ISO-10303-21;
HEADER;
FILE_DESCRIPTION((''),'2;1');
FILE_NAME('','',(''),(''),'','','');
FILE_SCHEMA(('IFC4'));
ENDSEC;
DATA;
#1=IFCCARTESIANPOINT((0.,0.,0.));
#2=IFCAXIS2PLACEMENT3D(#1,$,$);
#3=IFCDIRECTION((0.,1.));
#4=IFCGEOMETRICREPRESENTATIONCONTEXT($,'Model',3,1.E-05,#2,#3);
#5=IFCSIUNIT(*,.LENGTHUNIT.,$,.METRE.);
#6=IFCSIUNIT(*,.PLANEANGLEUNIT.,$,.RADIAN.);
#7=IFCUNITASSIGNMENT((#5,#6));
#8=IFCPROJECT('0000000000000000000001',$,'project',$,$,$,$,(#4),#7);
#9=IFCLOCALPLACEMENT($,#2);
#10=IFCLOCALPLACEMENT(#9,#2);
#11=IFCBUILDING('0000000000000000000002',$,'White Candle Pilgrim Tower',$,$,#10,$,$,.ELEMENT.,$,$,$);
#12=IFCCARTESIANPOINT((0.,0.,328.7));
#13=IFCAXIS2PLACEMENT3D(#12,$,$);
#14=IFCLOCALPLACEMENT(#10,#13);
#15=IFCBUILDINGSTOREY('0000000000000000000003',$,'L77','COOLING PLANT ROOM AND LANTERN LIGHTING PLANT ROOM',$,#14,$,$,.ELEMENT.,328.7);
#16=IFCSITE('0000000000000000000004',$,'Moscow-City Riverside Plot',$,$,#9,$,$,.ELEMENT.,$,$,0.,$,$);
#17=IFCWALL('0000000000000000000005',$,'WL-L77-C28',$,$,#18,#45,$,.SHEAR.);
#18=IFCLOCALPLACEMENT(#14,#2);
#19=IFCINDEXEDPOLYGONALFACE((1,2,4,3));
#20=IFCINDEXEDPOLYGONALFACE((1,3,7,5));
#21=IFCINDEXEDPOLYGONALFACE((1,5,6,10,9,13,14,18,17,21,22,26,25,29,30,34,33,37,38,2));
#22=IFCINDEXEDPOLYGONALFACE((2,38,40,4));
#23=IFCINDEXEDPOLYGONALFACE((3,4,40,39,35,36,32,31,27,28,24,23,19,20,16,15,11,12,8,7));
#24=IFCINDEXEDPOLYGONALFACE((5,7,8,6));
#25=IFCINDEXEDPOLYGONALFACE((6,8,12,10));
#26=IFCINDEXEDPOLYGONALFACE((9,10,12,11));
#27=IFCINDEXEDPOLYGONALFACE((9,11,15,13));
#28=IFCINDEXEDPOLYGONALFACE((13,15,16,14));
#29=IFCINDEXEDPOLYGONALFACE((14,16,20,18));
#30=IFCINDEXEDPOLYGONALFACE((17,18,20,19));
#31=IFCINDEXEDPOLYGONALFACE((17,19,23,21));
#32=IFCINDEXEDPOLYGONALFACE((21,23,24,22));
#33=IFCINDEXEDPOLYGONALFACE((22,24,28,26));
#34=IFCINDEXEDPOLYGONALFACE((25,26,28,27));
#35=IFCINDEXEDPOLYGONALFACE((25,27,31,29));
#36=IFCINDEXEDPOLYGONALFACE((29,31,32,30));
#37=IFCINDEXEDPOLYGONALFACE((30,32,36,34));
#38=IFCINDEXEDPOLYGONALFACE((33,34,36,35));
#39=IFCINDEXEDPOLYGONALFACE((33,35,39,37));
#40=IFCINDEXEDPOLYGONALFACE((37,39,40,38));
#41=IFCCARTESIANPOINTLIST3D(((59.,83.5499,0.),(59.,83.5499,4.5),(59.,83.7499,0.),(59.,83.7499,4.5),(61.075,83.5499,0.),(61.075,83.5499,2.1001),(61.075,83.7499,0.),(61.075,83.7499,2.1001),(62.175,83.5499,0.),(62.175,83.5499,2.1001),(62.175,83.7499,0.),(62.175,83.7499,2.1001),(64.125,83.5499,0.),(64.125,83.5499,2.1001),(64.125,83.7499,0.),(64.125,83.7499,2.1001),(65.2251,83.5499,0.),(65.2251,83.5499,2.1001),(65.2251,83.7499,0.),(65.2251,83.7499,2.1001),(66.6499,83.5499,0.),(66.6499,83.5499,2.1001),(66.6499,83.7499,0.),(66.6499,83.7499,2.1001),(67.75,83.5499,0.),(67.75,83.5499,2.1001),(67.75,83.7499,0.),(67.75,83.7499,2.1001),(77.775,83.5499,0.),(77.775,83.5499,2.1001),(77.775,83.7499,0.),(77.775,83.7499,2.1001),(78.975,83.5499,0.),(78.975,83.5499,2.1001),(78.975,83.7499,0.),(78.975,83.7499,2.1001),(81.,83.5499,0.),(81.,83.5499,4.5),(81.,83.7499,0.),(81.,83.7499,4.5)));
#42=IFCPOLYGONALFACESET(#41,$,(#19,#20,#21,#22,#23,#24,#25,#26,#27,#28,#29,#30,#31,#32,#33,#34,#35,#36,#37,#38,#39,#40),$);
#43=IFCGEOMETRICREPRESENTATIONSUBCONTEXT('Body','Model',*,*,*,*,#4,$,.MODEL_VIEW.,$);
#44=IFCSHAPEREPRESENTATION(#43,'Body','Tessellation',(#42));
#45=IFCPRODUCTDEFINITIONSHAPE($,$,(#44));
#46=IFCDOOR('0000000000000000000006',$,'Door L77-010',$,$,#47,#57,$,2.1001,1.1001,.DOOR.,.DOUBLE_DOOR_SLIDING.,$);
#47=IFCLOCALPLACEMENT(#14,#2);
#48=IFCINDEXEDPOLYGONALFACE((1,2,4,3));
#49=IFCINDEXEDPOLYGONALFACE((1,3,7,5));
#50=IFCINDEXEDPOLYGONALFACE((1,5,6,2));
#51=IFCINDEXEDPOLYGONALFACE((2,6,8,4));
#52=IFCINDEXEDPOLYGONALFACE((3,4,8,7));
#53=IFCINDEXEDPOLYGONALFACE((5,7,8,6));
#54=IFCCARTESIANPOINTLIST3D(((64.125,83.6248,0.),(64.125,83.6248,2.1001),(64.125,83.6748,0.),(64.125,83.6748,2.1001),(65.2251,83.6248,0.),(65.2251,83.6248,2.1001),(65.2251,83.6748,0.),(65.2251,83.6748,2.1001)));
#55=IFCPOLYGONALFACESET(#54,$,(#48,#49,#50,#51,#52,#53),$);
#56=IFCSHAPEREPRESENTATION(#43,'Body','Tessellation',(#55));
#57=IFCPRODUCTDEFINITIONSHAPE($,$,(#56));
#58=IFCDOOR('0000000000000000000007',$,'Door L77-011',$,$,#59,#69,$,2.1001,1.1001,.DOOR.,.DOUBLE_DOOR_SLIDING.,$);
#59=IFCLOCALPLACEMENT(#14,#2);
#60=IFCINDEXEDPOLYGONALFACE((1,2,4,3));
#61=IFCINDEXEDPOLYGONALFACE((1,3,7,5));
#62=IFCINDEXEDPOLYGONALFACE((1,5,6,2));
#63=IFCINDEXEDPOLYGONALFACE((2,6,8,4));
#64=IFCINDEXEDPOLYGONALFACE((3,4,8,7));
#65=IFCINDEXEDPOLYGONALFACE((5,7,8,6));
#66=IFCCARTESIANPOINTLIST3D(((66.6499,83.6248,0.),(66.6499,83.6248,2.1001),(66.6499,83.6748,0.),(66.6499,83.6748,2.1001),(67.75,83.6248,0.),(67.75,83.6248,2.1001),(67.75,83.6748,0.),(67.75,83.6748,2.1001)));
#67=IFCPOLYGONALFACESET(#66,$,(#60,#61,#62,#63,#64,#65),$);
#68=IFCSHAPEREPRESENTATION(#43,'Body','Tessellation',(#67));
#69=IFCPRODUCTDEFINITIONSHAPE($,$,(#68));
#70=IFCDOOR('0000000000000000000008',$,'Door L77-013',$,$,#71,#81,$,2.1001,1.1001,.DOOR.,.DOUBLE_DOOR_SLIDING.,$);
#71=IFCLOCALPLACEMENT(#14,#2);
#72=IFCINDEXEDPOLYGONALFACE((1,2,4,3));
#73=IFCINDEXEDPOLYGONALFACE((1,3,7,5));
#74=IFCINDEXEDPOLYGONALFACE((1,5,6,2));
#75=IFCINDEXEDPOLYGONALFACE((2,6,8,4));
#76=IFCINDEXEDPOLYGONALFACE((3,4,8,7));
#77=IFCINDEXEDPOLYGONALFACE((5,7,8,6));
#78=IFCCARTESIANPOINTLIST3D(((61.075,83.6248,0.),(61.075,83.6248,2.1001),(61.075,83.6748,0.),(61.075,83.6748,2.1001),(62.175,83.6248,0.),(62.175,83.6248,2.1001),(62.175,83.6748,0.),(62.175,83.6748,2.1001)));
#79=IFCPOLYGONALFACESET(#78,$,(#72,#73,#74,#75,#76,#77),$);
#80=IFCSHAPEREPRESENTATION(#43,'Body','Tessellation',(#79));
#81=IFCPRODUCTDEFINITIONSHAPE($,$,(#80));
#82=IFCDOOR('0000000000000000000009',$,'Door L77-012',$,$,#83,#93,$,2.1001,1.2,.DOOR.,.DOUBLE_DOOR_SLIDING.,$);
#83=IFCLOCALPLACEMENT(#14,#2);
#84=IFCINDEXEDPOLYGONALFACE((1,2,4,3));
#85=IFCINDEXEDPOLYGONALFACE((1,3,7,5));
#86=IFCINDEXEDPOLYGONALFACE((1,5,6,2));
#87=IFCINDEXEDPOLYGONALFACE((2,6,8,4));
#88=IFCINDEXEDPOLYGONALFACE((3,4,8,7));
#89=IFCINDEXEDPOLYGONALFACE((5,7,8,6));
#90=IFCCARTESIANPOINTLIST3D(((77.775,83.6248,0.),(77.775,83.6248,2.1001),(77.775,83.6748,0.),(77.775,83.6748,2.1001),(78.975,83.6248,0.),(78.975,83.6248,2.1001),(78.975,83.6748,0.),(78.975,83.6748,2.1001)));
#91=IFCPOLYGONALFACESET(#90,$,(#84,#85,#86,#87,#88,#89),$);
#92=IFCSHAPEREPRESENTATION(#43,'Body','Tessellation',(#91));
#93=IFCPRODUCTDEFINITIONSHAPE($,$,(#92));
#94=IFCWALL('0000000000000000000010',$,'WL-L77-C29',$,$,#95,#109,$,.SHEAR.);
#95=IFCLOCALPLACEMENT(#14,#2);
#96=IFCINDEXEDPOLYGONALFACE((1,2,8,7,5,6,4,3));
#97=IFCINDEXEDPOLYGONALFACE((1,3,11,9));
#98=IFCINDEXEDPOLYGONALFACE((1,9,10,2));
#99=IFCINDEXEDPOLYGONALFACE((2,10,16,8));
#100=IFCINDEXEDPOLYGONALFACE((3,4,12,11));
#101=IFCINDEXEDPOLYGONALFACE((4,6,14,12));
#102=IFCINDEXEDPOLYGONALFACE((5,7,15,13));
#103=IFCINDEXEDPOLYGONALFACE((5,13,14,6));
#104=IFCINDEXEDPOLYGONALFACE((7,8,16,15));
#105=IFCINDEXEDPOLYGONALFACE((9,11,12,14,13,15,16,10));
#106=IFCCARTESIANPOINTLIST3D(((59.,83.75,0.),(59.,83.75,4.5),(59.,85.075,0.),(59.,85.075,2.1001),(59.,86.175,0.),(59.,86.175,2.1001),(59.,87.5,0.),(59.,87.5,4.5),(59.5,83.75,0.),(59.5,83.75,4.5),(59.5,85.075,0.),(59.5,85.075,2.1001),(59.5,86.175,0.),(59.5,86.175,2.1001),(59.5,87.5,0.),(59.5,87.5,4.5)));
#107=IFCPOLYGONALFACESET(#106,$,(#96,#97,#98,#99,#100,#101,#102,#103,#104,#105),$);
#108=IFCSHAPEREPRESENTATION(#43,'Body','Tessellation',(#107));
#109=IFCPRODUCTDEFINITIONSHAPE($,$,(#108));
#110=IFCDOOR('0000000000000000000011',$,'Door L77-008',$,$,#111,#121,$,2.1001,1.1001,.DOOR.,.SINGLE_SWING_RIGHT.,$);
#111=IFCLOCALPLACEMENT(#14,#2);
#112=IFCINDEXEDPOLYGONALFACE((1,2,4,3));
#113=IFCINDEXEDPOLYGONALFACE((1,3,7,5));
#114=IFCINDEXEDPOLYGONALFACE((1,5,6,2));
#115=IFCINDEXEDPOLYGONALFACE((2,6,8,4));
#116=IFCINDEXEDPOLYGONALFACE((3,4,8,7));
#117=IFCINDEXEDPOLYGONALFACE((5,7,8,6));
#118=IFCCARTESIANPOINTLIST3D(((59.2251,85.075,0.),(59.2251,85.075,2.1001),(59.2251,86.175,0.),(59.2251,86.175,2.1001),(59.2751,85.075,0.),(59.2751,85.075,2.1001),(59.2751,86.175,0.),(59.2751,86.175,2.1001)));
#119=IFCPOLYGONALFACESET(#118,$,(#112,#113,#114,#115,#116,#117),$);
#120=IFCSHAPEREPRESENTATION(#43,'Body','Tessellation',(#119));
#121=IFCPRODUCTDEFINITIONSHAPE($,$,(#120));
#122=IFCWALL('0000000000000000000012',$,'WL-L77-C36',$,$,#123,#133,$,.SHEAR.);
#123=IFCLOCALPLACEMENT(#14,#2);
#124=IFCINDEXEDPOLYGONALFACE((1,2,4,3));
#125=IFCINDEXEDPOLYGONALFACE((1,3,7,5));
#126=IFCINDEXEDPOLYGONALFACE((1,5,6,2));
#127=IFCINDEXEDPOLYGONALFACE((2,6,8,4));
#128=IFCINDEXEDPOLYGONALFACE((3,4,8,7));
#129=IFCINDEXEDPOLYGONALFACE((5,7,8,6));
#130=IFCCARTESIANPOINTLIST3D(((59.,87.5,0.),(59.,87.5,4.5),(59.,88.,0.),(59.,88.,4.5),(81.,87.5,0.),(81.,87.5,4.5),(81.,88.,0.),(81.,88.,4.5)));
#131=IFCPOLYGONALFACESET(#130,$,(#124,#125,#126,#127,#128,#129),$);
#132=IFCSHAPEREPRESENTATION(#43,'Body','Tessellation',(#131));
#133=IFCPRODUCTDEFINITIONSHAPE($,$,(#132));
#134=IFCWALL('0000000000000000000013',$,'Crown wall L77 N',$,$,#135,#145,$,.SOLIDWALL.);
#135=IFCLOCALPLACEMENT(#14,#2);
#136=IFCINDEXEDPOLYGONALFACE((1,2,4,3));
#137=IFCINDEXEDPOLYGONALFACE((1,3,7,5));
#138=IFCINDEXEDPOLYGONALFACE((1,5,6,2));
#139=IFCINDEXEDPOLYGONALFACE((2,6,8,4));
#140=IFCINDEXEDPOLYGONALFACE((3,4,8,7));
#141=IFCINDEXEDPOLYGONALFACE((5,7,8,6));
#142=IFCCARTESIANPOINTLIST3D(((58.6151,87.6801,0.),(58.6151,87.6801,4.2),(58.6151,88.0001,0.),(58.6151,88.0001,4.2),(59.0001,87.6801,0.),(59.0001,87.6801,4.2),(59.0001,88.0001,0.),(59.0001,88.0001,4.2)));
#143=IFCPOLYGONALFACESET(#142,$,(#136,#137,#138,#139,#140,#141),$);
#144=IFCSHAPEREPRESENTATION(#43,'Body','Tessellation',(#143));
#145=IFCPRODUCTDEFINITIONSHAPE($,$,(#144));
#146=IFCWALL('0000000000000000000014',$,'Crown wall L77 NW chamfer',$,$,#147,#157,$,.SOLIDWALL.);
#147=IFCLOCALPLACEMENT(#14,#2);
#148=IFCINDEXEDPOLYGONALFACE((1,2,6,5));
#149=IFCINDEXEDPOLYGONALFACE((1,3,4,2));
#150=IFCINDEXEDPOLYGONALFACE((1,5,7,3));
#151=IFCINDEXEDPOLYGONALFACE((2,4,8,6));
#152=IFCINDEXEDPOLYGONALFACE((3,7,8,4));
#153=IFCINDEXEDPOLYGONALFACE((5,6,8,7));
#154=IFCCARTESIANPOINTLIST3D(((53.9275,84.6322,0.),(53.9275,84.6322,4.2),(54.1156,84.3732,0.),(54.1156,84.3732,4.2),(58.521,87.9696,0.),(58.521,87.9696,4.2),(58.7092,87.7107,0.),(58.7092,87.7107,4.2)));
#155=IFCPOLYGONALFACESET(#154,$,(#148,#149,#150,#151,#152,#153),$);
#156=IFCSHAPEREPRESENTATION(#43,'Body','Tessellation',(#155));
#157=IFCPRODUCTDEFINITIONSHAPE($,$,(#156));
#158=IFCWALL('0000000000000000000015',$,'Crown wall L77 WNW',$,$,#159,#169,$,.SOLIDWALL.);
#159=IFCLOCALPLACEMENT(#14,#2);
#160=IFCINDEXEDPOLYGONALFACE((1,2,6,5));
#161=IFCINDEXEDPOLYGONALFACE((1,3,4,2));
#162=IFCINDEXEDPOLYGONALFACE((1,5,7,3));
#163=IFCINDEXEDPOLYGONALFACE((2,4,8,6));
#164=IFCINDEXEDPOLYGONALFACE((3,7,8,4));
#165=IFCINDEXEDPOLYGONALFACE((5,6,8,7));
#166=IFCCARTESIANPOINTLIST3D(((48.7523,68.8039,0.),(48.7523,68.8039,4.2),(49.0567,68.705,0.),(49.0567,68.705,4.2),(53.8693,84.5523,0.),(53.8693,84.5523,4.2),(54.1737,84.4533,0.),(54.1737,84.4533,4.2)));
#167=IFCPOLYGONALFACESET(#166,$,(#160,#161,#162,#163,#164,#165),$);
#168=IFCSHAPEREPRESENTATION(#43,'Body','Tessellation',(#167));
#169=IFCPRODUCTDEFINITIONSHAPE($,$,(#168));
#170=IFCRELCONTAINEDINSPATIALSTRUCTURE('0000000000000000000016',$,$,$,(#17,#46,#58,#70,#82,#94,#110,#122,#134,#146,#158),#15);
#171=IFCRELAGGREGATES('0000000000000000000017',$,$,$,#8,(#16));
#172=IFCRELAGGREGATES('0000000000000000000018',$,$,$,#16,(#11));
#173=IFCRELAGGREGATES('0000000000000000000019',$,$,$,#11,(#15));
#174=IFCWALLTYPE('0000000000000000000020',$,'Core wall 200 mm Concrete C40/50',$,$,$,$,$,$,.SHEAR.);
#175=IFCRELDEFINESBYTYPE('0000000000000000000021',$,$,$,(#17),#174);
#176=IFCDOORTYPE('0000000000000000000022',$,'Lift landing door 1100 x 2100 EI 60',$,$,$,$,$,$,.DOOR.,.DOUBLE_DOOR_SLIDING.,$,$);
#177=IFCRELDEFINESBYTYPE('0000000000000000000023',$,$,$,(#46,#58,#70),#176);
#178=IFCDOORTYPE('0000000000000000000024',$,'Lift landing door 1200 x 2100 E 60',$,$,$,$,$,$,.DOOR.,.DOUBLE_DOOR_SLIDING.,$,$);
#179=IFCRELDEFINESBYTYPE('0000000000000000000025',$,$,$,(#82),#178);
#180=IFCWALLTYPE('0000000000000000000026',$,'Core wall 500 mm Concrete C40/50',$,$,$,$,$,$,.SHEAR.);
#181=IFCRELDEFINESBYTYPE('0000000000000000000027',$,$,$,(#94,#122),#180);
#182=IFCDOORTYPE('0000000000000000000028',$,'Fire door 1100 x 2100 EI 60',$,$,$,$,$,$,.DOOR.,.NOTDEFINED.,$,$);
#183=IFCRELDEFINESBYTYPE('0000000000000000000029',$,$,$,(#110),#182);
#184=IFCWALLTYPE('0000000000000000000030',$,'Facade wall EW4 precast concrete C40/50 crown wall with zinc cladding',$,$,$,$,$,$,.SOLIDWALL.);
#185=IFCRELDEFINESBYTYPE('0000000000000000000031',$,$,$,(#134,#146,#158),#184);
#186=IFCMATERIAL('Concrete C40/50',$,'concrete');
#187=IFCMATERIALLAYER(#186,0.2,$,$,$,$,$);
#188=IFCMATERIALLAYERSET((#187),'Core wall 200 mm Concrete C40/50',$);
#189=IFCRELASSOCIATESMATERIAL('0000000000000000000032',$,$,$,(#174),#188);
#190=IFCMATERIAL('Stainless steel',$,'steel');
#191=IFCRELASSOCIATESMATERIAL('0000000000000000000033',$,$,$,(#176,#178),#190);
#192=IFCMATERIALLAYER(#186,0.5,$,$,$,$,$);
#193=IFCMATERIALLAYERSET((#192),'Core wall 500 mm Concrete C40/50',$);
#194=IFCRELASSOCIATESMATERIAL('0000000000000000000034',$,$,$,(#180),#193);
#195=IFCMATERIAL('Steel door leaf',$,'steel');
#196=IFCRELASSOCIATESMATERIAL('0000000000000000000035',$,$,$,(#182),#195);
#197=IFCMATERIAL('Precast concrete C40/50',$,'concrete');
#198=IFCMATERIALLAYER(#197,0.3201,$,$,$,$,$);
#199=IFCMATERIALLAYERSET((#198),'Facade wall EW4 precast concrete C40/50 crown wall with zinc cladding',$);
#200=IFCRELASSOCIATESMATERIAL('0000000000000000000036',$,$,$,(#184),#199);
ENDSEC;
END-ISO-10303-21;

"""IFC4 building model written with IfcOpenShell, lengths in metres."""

from ifc_helpers import new_model, si_unit, direction, frame, frame_2d, origin, place, context, subcontext, project, spatial, rectangle, extrude, material, layer, layer_set, type_object, element, fill, save


model = new_model("IFC4")

# Units and contexts
model_context = context("Model", 3, precision=1e-05, world=origin(), true_north=direction((0.0, 1.0)))
body_context = subcontext(model_context, "Body", "Model", "MODEL_VIEW")
ifc_project = project(units=[si_unit("LENGTHUNIT", "METRE"), si_unit("PLANEANGLEUNIT", "RADIAN")], contexts=[model_context])

# Site, building, storey
site_placement = place(None, origin())
site = spatial("IfcSite", under=ifc_project, at=site_placement, Name="Moscow-City Riverside Plot", CompositionType="ELEMENT", RefElevation=0.0)
building_placement = place(site_placement, origin())
building = spatial("IfcBuilding", under=site, at=building_placement, Name="White Candle Pilgrim Tower", CompositionType="ELEMENT")
storey_placement = place(building_placement, frame((0.0, 0.0, 328.7)))
storey = spatial("IfcBuildingStorey", under=building, at=storey_placement, Name="L77", Description="COOLING PLANT ROOM AND LANTERN LIGHTING PLANT ROOM", CompositionType="ELEMENT", Elevation=328.7)

# Shared definitions
ifc_material_1 = material(Name="Concrete C40/50", Category="concrete")
ifc_layer_1 = layer(ifc_material_1, 0.2)
ifc_layer_set_1 = layer_set([ifc_layer_1], Name="Core wall 200 mm Concrete C40/50")
wall_type_1 = type_object("IfcWallType", Name="Core wall 200 mm Concrete C40/50", PredefinedType="SHEAR", material=ifc_layer_set_1)

# Wall, openings, doors
wall_1_placement = place(storey_placement, frame((59.0, 83.6499, 0.0), z_axis=(0.0, 0.0, 1.0), x_axis=(1.0, 0.0, 0.0)))
wall_1 = element("IfcWall", 1, at=wall_1_placement, inside=storey, type_object=wall_type_1, Name="WL-L77-C28", PredefinedType="SHEAR", context=body_context, shape_type="SweptSolid", body=[
    extrude(rectangle(XDim=22.0, YDim=0.2, at=frame_2d((11.0, 0.0))), origin(), (0.0, 0.0, 1.0), 4.5),
])
opening_1_placement = place(wall_1_placement, frame((5.125, 0.0, 0.0)))
opening_1 = element("IfcOpeningElement", 2, at=opening_1_placement, cuts=wall_1, PredefinedType="OPENING", context=body_context, shape_type="SweptSolid", body=[
    extrude(rectangle(XDim=1.1001, YDim=2.1001, at=frame_2d((0.55, 1.05))), frame((0.0, 0.1099, 0.0), z_axis=(0.0, -1.0, 0.0), x_axis=(1.0, 0.0, 0.0)), (0.0, 0.0, 1.0), 0.22),
])
opening_2_placement = place(wall_1_placement, frame((7.6499, 0.0, 0.0)))
opening_2 = element("IfcOpeningElement", 3, at=opening_2_placement, cuts=wall_1, PredefinedType="OPENING", context=body_context, shape_type="SweptSolid", body=[
    extrude(rectangle(XDim=1.1001, YDim=2.1001, at=frame_2d((0.55, 1.05))), frame((0.0, 0.1099, 0.0), z_axis=(0.0, -1.0, 0.0), x_axis=(1.0, 0.0, 0.0)), (0.0, 0.0, 1.0), 0.22),
])
opening_3_placement = place(wall_1_placement, frame((18.7749, 0.0, 0.0)))
opening_3 = element("IfcOpeningElement", 4, at=opening_3_placement, cuts=wall_1, PredefinedType="OPENING", context=body_context, shape_type="SweptSolid", body=[
    extrude(rectangle(XDim=1.2, YDim=2.1001, at=frame_2d((0.6001, 1.05))), frame((0.0, 0.1099, 0.0), z_axis=(0.0, -1.0, 0.0), x_axis=(1.0, 0.0, 0.0)), (0.0, 0.0, 1.0), 0.22),
])
opening_4_placement = place(wall_1_placement, frame((2.075, 0.0, 0.0)))
opening_4 = element("IfcOpeningElement", 5, at=opening_4_placement, cuts=wall_1, PredefinedType="OPENING", context=body_context, shape_type="SweptSolid", body=[
    extrude(rectangle(XDim=1.1001, YDim=2.1001, at=frame_2d((0.55, 1.05))), frame((0.0, 0.1099, 0.0), z_axis=(0.0, -1.0, 0.0), x_axis=(1.0, 0.0, 0.0)), (0.0, 0.0, 1.0), 0.22),
])
ifc_material_2 = material(Name="Stainless steel", Category="steel")
door_type_1 = type_object("IfcDoorType", Name="Lift landing door 1100 x 2100 EI 60", OperationType="DOUBLE_DOOR_SLIDING", PredefinedType="DOOR", material=ifc_material_2)
door_1_placement = place(opening_1_placement, origin())
door_1 = element("IfcDoor", 6, at=door_1_placement, inside=storey, type_object=door_type_1, Name="Door L77-010", OperationType="DOUBLE_DOOR_SLIDING", OverallHeight=2.1001, OverallWidth=1.1001, PredefinedType="DOOR", context=body_context, shape_type="SweptSolid", body=[
    extrude(rectangle(XDim=1.1001, YDim=2.1001, at=frame_2d((0.55, 1.05))), frame((0.0, 0.0249, 0.0), z_axis=(0.0, -1.0, 0.0), x_axis=(1.0, 0.0, 0.0)), (0.0, 0.0, 1.0), 0.05),
])
fill(opening_1, door_1)
door_2_placement = place(opening_2_placement, origin())
door_2 = element("IfcDoor", 7, at=door_2_placement, inside=storey, type_object=door_type_1, Name="Door L77-011", OperationType="DOUBLE_DOOR_SLIDING", OverallHeight=2.1001, OverallWidth=1.1001, PredefinedType="DOOR", context=body_context, shape_type="SweptSolid", body=[
    extrude(rectangle(XDim=1.1001, YDim=2.1001, at=frame_2d((0.55, 1.05))), frame((0.0, 0.0249, 0.0), z_axis=(0.0, -1.0, 0.0), x_axis=(1.0, 0.0, 0.0)), (0.0, 0.0, 1.0), 0.05),
])
fill(opening_2, door_2)
door_3_placement = place(opening_4_placement, origin())
door_3 = element("IfcDoor", 8, at=door_3_placement, inside=storey, type_object=door_type_1, Name="Door L77-013", OperationType="DOUBLE_DOOR_SLIDING", OverallHeight=2.1001, OverallWidth=1.1001, PredefinedType="DOOR", context=body_context, shape_type="SweptSolid", body=[
    extrude(rectangle(XDim=1.1001, YDim=2.1001, at=frame_2d((0.55, 1.05))), frame((0.0, 0.0249, 0.0), z_axis=(0.0, -1.0, 0.0), x_axis=(1.0, 0.0, 0.0)), (0.0, 0.0, 1.0), 0.05),
])
fill(opening_4, door_3)
door_type_2 = type_object("IfcDoorType", Name="Lift landing door 1200 x 2100 E 60", OperationType="DOUBLE_DOOR_SLIDING", PredefinedType="DOOR", material=ifc_material_2)
door_4_placement = place(opening_3_placement, origin())
door_4 = element("IfcDoor", 9, at=door_4_placement, inside=storey, type_object=door_type_2, Name="Door L77-012", OperationType="DOUBLE_DOOR_SLIDING", OverallHeight=2.1001, OverallWidth=1.2, PredefinedType="DOOR", context=body_context, shape_type="SweptSolid", body=[
    extrude(rectangle(XDim=1.2, YDim=2.1001, at=frame_2d((0.6001, 1.05))), frame((0.0, 0.0249, 0.0), z_axis=(0.0, -1.0, 0.0), x_axis=(1.0, 0.0, 0.0)), (0.0, 0.0, 1.0), 0.05),
])
fill(opening_3, door_4)

# Wall, opening, door
ifc_layer_2 = layer(ifc_material_1, 0.5)
ifc_layer_set_2 = layer_set([ifc_layer_2], Name="Core wall 500 mm Concrete C40/50")
wall_type_2 = type_object("IfcWallType", Name="Core wall 500 mm Concrete C40/50", PredefinedType="SHEAR", material=ifc_layer_set_2)
wall_2_placement = place(storey_placement, frame((59.25, 83.75, 0.0), z_axis=(0.0, 0.0, 1.0), x_axis=(0.0, 1.0, 0.0)))
wall_2 = element("IfcWall", 10, at=wall_2_placement, inside=storey, type_object=wall_type_2, Name="WL-L77-C29", PredefinedType="SHEAR", context=body_context, shape_type="SweptSolid", body=[
    extrude(rectangle(XDim=3.75, YDim=0.5, at=frame_2d((1.875, 0.0))), origin(), (0.0, 0.0, 1.0), 4.5),
])
opening_5_placement = place(wall_2_placement, frame((1.325, 0.0, 0.0)))
opening_5 = element("IfcOpeningElement", 11, at=opening_5_placement, cuts=wall_2, PredefinedType="OPENING", context=body_context, shape_type="SweptSolid", body=[
    extrude(rectangle(XDim=1.1001, YDim=2.1001, at=frame_2d((0.55, 1.05))), frame((0.0, 0.26, 0.0), z_axis=(0.0, -1.0, 0.0), x_axis=(1.0, 0.0, 0.0)), (0.0, 0.0, 1.0), 0.52),
])
ifc_material_3 = material(Name="Steel door leaf", Category="steel")
door_type_3 = type_object("IfcDoorType", Name="Fire door 1100 x 2100 EI 60", OperationType="NOTDEFINED", PredefinedType="DOOR", material=ifc_material_3)
door_5_placement = place(opening_5_placement, origin())
door_5 = element("IfcDoor", 12, at=door_5_placement, inside=storey, type_object=door_type_3, Name="Door L77-008", OperationType="SINGLE_SWING_RIGHT", OverallHeight=2.1001, OverallWidth=1.1001, PredefinedType="DOOR", context=body_context, shape_type="SweptSolid", body=[
    extrude(rectangle(XDim=1.1001, YDim=2.1001, at=frame_2d((0.55, 1.05))), frame((0.0, 0.0249, 0.0), z_axis=(0.0, -1.0, 0.0), x_axis=(1.0, 0.0, 0.0)), (0.0, 0.0, 1.0), 0.05),
])
fill(opening_5, door_5)

# Walls
wall_3_placement = place(storey_placement, frame((59.0, 87.75, 0.0), z_axis=(0.0, 0.0, 1.0), x_axis=(1.0, 0.0, 0.0)))
element("IfcWall", 13, at=wall_3_placement, inside=storey, type_object=wall_type_2, Name="WL-L77-C36", PredefinedType="SHEAR", context=body_context, shape_type="SweptSolid", body=[
    extrude(rectangle(XDim=22.0, YDim=0.5, at=frame_2d((11.0, 0.0))), origin(), (0.0, 0.0, 1.0), 4.5),
])
ifc_material_4 = material(Name="Precast concrete C40/50", Category="concrete")
ifc_layer_3 = layer(ifc_material_4, 0.3201)
ifc_layer_set_3 = layer_set([ifc_layer_3], Name="Facade wall EW4 precast concrete C40/50 crown wall with zinc cladding")
wall_type_3 = type_object("IfcWallType", Name="Facade wall EW4 precast concrete C40/50 crown wall with zinc cladding", PredefinedType="SOLIDWALL", material=ifc_layer_set_3)
wall_4_placement = place(storey_placement, frame((59.0, 87.8401, 0.0), z_axis=(0.0, 0.0, 1.0), x_axis=(-1.0, 0.0, 0.0)))
element("IfcWall", 14, at=wall_4_placement, inside=storey, type_object=wall_type_3, Name="Crown wall L77 N", PredefinedType="SOLIDWALL", context=body_context, shape_type="SweptSolid", body=[
    extrude(rectangle(XDim=0.385, YDim=0.3201, at=frame_2d((0.1924, 0.0))), origin(), (0.0, 0.0, 1.0), 4.2),
])
wall_5_placement = place(storey_placement, frame((58.615, 87.8401, 0.0), z_axis=(0.0, 0.0, 1.0), x_axis=(-0.809015, -0.587788, 0.0)))
element("IfcWall", 15, at=wall_5_placement, inside=storey, type_object=wall_type_3, Name="Crown wall L77 NW chamfer", PredefinedType="SOLIDWALL", context=body_context, shape_type="SweptSolid", body=[
    extrude(rectangle(XDim=5.678, YDim=0.3201, at=frame_2d((2.8389, 0.0))), origin(), (0.0, 0.0, 1.0), 4.2),
])
wall_6_placement = place(storey_placement, frame((54.0215, 84.5027, 0.0), z_axis=(0.0, 0.0, 1.0), x_axis=(-0.309018, -0.951056, 0.0)))
element("IfcWall", 16, at=wall_6_placement, inside=storey, type_object=wall_type_3, Name="Crown wall L77 WNW", PredefinedType="SOLIDWALL", context=body_context, shape_type="SweptSolid", body=[
    extrude(rectangle(XDim=16.5588, YDim=0.3201, at=frame_2d((8.2793, 0.0))), origin(), (0.0, 0.0, 1.0), 4.2),
])

save(model, "model.ifc")
